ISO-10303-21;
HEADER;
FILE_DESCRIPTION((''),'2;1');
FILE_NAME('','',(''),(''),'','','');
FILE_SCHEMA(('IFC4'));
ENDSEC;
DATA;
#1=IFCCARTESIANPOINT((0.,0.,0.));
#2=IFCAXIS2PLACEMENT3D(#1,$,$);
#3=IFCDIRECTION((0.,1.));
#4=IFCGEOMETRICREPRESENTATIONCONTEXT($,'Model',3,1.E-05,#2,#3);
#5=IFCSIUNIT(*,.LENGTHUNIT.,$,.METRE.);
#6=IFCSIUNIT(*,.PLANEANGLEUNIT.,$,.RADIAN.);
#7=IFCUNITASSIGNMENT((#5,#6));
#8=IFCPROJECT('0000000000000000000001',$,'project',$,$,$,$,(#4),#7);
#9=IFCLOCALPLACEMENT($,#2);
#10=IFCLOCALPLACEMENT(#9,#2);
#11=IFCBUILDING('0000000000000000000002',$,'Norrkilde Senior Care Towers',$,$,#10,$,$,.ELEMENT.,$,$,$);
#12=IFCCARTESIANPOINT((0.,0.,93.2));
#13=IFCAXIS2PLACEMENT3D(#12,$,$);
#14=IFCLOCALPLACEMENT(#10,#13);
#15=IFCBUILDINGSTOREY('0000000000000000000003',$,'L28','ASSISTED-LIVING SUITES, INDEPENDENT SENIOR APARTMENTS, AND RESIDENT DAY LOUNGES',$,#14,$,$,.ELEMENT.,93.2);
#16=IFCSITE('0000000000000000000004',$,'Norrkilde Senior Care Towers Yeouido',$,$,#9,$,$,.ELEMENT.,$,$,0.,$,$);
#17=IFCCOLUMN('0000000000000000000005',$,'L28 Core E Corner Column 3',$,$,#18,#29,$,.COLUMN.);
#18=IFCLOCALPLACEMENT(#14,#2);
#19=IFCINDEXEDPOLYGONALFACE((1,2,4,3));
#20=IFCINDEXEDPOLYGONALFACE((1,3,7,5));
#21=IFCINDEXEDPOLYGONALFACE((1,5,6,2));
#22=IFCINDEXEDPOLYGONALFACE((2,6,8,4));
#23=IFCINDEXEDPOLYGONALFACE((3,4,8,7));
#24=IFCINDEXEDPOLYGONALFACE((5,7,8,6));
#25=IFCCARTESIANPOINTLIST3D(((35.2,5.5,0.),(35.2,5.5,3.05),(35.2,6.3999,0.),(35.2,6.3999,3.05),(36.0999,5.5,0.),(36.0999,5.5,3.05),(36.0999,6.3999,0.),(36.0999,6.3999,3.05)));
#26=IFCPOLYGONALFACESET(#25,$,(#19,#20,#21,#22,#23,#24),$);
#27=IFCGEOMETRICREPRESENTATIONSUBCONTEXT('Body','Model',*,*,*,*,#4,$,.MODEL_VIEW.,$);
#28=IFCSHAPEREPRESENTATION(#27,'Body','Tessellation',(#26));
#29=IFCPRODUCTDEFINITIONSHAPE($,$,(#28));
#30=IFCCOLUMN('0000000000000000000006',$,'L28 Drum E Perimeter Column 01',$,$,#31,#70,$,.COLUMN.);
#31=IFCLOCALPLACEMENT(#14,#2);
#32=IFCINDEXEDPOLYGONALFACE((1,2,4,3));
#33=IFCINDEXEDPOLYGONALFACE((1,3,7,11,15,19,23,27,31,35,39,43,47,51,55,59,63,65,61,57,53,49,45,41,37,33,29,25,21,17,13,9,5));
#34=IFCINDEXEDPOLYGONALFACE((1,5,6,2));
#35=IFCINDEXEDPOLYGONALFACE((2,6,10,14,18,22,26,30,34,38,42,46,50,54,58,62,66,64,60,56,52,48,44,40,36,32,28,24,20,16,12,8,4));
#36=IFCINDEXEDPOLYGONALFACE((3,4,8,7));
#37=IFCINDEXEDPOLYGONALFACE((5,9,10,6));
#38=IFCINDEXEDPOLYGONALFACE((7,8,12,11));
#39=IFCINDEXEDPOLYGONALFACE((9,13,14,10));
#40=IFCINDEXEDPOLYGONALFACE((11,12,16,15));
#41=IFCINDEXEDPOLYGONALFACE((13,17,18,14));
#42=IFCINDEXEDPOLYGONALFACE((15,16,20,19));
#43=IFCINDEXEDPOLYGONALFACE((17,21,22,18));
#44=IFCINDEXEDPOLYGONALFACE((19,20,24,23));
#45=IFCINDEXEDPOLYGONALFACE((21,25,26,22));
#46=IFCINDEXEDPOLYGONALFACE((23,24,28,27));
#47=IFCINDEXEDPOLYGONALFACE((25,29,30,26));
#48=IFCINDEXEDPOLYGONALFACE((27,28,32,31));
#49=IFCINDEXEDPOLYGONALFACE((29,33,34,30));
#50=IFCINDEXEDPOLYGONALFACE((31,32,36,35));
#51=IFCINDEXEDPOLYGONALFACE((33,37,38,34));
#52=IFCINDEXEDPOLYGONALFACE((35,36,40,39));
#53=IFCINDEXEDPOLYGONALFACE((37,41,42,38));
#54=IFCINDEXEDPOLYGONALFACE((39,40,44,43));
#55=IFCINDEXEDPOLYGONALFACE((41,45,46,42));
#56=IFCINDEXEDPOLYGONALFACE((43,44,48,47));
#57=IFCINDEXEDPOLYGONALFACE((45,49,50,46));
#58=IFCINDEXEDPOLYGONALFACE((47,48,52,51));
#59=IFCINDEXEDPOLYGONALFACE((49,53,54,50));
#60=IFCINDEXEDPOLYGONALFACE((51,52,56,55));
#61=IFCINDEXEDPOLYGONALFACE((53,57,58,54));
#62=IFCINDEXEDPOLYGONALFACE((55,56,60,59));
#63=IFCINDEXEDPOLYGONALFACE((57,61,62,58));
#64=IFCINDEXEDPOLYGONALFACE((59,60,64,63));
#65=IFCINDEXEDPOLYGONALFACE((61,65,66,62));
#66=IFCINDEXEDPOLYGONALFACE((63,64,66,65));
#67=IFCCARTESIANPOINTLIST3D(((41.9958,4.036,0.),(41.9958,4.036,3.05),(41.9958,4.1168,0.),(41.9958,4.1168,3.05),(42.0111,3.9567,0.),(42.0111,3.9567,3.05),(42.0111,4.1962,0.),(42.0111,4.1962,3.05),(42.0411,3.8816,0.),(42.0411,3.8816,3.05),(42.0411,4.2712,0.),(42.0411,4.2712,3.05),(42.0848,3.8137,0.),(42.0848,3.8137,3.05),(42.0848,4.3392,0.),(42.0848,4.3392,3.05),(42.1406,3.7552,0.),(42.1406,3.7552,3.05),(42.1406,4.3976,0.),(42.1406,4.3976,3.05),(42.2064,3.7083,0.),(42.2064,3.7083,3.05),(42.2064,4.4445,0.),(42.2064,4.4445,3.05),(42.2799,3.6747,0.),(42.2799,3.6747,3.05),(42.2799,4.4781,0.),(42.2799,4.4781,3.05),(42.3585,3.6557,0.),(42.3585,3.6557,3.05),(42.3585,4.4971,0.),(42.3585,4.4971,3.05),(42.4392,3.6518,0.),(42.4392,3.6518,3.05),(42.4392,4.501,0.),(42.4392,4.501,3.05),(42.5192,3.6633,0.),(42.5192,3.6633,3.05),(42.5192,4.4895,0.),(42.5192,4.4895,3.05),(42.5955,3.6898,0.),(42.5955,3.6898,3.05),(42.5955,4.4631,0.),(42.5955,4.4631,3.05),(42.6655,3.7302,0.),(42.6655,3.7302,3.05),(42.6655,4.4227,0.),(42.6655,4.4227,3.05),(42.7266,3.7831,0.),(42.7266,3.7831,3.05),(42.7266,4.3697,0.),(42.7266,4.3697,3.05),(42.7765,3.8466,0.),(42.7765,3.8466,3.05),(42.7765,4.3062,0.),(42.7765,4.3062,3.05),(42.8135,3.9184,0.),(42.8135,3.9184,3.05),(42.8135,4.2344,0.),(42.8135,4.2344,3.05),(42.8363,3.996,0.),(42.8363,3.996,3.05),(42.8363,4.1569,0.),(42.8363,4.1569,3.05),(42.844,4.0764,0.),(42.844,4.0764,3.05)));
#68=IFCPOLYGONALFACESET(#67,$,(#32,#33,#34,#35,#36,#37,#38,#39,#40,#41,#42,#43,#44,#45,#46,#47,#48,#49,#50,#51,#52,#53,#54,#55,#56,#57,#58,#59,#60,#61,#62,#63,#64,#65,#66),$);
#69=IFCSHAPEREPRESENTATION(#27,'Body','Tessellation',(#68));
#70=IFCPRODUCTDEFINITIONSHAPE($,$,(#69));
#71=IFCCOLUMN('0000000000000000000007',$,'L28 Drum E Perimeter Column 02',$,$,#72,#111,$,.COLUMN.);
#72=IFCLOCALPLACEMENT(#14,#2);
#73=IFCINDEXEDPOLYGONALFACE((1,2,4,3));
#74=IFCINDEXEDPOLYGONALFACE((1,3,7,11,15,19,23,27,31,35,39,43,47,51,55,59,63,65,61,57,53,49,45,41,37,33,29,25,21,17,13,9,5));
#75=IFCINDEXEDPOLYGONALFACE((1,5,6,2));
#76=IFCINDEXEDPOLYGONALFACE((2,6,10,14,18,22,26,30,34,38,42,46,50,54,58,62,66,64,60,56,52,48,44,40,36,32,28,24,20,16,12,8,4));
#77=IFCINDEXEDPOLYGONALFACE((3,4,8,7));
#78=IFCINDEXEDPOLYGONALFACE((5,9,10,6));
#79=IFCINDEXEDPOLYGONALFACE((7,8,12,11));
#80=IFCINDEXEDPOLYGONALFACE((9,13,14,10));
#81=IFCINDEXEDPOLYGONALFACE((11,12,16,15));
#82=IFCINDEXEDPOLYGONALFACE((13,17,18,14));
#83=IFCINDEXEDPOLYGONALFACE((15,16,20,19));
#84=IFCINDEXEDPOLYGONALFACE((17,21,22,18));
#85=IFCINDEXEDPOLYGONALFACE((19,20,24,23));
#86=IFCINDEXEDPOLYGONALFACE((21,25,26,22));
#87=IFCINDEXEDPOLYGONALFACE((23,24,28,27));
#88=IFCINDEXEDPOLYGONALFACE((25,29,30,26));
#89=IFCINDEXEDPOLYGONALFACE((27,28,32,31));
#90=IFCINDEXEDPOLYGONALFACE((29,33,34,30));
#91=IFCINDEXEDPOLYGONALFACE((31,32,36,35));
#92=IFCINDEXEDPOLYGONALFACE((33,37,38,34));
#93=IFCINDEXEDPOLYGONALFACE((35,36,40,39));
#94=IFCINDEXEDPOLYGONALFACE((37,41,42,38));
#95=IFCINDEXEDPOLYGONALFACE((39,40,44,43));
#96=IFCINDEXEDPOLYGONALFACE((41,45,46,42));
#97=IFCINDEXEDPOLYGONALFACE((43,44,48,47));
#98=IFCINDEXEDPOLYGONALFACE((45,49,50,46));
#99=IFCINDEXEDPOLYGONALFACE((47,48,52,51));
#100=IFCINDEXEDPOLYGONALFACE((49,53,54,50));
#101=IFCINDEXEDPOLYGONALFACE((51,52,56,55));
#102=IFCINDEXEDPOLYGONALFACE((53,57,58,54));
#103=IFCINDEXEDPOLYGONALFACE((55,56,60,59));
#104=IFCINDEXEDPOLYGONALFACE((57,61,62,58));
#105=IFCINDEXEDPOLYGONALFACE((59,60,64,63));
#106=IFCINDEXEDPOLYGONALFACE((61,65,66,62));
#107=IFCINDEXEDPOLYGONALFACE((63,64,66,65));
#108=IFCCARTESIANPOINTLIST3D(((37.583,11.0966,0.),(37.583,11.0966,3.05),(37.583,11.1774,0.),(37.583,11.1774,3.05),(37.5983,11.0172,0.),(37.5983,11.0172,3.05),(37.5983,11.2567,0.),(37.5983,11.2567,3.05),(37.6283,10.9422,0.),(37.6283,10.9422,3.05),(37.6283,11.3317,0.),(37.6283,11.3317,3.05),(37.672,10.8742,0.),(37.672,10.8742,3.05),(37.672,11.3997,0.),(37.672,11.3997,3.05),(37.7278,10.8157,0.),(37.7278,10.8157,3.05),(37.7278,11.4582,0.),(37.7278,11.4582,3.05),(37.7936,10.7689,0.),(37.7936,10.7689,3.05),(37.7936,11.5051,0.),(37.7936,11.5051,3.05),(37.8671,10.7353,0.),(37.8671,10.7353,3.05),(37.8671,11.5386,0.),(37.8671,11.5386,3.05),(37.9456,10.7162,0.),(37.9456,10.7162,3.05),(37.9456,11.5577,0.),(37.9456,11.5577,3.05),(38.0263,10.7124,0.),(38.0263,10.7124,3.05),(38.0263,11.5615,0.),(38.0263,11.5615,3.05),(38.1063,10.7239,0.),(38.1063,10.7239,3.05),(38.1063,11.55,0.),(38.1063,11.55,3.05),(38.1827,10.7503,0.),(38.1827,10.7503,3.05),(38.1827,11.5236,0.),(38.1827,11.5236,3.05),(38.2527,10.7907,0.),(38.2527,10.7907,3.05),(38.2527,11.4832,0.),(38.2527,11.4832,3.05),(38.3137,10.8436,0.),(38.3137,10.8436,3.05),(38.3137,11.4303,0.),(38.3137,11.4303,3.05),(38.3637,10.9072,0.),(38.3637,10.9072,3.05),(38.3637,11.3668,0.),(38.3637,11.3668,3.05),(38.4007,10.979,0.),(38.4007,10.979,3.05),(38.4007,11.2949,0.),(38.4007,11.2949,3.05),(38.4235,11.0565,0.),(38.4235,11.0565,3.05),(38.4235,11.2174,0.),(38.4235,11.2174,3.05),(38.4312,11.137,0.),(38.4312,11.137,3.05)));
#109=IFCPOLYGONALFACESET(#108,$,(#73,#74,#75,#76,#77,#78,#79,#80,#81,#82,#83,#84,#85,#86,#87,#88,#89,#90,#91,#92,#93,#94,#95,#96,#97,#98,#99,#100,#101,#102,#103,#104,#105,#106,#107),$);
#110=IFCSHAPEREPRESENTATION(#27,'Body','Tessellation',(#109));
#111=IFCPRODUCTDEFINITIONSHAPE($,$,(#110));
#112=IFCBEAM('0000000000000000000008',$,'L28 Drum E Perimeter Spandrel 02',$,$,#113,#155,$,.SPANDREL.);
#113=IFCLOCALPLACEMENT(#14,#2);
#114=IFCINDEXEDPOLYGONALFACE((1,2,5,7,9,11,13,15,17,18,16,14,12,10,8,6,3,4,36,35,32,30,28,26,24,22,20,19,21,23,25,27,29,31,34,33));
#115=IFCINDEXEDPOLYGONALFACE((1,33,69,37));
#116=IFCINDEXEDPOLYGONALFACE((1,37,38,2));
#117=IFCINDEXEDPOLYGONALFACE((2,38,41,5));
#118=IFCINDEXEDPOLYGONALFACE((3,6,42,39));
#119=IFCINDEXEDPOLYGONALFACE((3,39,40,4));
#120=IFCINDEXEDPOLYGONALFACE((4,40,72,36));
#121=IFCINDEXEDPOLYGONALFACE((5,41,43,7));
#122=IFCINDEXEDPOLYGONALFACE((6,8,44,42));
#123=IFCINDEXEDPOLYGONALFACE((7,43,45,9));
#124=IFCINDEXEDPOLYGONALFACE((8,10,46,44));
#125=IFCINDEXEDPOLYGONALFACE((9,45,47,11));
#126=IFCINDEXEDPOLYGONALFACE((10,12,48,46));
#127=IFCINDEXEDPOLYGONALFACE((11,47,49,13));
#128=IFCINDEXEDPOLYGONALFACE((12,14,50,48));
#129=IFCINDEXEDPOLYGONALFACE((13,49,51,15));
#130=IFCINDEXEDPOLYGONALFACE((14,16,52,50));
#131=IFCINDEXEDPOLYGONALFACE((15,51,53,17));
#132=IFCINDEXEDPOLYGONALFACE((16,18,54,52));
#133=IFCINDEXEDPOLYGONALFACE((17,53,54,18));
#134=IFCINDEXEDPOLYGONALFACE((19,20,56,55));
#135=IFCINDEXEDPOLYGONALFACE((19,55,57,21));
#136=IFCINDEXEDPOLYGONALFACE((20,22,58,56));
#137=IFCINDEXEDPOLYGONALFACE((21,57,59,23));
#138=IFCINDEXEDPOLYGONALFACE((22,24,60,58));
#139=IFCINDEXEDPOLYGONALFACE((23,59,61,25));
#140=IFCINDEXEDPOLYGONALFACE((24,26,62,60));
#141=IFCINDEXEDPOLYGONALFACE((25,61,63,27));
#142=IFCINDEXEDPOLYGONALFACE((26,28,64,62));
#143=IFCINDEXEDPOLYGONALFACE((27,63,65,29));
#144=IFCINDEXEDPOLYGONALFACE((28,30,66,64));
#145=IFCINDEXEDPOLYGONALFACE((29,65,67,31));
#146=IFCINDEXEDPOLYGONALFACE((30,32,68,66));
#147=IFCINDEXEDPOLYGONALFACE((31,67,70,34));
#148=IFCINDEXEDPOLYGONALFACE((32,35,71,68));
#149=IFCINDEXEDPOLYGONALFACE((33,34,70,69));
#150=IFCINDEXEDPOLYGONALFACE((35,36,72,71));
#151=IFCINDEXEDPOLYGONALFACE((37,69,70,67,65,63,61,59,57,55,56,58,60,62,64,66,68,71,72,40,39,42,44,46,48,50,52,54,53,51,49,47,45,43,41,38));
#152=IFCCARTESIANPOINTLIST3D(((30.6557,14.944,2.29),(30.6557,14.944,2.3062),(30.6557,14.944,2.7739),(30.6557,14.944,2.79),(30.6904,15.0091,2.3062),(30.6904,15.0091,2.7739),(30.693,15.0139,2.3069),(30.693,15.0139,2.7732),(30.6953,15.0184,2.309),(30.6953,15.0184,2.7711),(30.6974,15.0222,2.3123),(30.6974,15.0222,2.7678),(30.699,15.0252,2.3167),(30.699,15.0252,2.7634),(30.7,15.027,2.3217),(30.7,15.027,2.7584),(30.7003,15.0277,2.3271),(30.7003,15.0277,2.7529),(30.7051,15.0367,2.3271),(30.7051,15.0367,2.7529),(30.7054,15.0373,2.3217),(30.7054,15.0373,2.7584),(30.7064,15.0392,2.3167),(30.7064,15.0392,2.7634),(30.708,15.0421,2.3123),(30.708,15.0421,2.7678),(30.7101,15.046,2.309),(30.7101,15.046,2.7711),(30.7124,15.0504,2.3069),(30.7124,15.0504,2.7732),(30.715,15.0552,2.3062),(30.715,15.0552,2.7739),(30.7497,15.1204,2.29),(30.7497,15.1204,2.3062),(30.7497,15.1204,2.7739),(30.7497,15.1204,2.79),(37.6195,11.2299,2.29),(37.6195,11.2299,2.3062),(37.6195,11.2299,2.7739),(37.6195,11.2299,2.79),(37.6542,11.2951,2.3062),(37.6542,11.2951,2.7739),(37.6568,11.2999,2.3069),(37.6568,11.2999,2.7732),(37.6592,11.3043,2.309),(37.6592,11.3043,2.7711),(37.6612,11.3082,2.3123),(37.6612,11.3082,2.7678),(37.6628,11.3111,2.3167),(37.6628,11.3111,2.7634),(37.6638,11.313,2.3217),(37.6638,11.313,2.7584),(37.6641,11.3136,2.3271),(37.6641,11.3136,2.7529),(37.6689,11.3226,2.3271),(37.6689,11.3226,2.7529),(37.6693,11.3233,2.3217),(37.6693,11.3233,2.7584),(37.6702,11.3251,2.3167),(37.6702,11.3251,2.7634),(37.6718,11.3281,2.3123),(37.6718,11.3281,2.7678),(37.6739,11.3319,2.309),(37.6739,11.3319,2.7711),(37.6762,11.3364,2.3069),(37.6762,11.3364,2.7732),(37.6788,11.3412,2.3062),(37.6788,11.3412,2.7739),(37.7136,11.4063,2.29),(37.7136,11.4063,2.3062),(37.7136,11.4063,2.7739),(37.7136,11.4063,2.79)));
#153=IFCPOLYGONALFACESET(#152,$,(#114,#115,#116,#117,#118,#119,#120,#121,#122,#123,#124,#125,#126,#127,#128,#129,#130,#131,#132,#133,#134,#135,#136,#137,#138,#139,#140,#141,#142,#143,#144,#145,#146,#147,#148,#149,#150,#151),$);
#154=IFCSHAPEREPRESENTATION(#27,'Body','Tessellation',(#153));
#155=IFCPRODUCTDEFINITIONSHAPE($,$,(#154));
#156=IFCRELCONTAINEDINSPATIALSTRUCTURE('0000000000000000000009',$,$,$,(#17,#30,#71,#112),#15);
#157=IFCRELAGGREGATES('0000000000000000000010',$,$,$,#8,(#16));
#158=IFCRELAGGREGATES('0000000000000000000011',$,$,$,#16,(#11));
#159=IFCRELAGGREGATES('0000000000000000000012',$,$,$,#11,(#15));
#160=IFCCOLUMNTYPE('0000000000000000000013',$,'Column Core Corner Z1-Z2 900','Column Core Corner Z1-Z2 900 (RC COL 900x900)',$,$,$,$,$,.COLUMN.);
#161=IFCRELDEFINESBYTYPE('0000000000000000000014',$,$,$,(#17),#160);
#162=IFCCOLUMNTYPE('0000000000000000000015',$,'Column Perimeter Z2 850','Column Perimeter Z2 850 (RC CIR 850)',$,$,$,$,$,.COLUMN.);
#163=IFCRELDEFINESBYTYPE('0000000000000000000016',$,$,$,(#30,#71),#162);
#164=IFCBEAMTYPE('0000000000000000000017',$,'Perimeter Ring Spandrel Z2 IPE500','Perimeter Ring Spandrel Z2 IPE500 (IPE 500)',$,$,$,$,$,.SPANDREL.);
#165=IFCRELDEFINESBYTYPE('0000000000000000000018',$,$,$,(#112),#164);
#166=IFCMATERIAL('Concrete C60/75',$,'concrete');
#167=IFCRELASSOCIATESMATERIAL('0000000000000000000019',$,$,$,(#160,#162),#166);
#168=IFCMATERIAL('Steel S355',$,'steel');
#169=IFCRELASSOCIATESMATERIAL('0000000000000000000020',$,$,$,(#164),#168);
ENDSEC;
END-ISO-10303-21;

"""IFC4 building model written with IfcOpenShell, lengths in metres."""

from ifc_helpers import new_model, si_unit, direction, frame, origin, origin_2d, place, context, subcontext, project, spatial, rectangle, circle, i_section, extrude, source, transform, mapped, material, material_profile, profile_set, type_object, type_shapes, element, save


model = new_model("IFC4")

# Units and contexts
model_context = context("Model", 3, precision=1e-05, world=origin(), true_north=direction((0.0, 1.0)))
body_context = subcontext(model_context, "Body", "Model", "MODEL_VIEW")
ifc_project = project(units=[si_unit("LENGTHUNIT", "METRE"), si_unit("PLANEANGLEUNIT", "RADIAN")], contexts=[model_context])

# Site, building, storey
site_placement = place(None, origin())
site = spatial("IfcSite", under=ifc_project, at=site_placement, Name="Norrkilde Senior Care Towers Yeouido", CompositionType="ELEMENT", RefElevation=0.0)
building_placement = place(site_placement, origin())
building = spatial("IfcBuilding", under=site, at=building_placement, Name="Norrkilde Senior Care Towers", CompositionType="ELEMENT")
storey_placement = place(building_placement, frame((0.0, 0.0, 93.2)))
storey = spatial("IfcBuildingStorey", under=building, at=storey_placement, Name="L28", Description="ASSISTED-LIVING SUITES, INDEPENDENT SENIOR APARTMENTS, AND RESIDENT DAY LOUNGES", CompositionType="ELEMENT", Elevation=93.2)

# Columns
ifc_material_1 = material(Name="Concrete C60/75", Category="concrete")
ifc_material_profile_1 = material_profile(ifc_material_1, rectangle(XDim=0.8999, YDim=0.8999, at=origin_2d()), Name="RC COL 900x900")
ifc_profile_set_1 = profile_set([ifc_material_profile_1], Name="Concrete C60/75")
column_type_1 = type_object("IfcColumnType", Name="Column Core Corner Z1-Z2 900", Description="Column Core Corner Z1-Z2 900 (RC COL 900x900)", PredefinedType="COLUMN", material=ifc_profile_set_1)
shared_shape_1 = source(origin(), body_context, "Body", "SweptSolid", [
    extrude(rectangle(XDim=0.8999, YDim=0.8999, at=origin_2d()), origin(), (0.0, 0.0, 1.0), 3.05),
])
type_shapes(column_type_1, [shared_shape_1])
column_placement = place(storey_placement, frame((35.6499, 5.95, 0.0), z_axis=(0.0, 0.0, 1.0), x_axis=(1.0, 0.0, 0.0)))
element("IfcColumn", 1, at=column_placement, inside=storey, type_object=column_type_1, Name="L28 Core E Corner Column 3", PredefinedType="COLUMN", context=body_context, shape_type="MappedRepresentation", body=[
    mapped(shared_shape_1, transform((0.0, 0.0, 0.0), x_axis=(1.0, 0.0, 0.0), y_axis=(0.0, 1.0, 0.0), z_axis=(0.0, 0.0, 1.0), scale=1.0)),
])
ifc_material_profile_2 = material_profile(ifc_material_1, circle(Radius=0.425, at=origin_2d()), Name="RC CIR 850")
ifc_profile_set_2 = profile_set([ifc_material_profile_2], Name="Concrete C60/75")
column_type_2 = type_object("IfcColumnType", Name="Column Perimeter Z2 850", Description="Column Perimeter Z2 850 (RC CIR 850)", PredefinedType="COLUMN", material=ifc_profile_set_2)
shared_shape_2 = source(origin(), body_context, "Body", "SweptSolid", [
    extrude(circle(Radius=0.425, at=origin_2d()), origin(), (0.0, 0.0, 1.0), 3.05),
])
type_shapes(column_type_2, [shared_shape_2])
for number, where, z_axis, x_axis, name in (
    (2, (42.4189, 4.0764, 0.0), (0.0, 0.0, 1.0), (1.0, 0.0, 0.0), "L28 Drum E Perimeter Column 01"),
    (3, (38.0061, 11.137, 0.0), (0.0, 0.0, 1.0), (1.0, 0.0, 0.0), "L28 Drum E Perimeter Column 02"),
):
    element("IfcColumn", number, at=place(storey_placement, frame(where, z_axis=z_axis, x_axis=x_axis)), inside=storey, type_object=column_type_2, Name=name, PredefinedType="COLUMN", context=body_context, shape_type="MappedRepresentation", body=[
        mapped(shared_shape_2, transform((0.0, 0.0, 0.0), x_axis=(1.0, 0.0, 0.0), y_axis=(0.0, 1.0, 0.0), z_axis=(0.0, 0.0, 1.0), scale=1.0)),
    ])

# Beam
ifc_material_2 = material(Name="Steel S355", Category="steel")
ifc_material_profile_3 = material_profile(ifc_material_2, i_section(OverallWidth=0.2, OverallDepth=0.5, WebThickness=0.0103, FlangeThickness=0.0161, FilletRadius=0.021, at=origin_2d()), Name="IPE 500")
ifc_profile_set_3 = profile_set([ifc_material_profile_3], Name="Steel S355")
beam_type_1 = type_object("IfcBeamType", Name="Perimeter Ring Spandrel Z2 IPE500", Description="Perimeter Ring Spandrel Z2 IPE500 (IPE 500)", PredefinedType="SPANDREL", material=ifc_profile_set_3)
shared_shape_3 = source(origin(), body_context, "Body", "SweptSolid", [
    extrude(i_section(OverallWidth=0.2, OverallDepth=0.5, WebThickness=0.0103, FlangeThickness=0.0161, FilletRadius=0.021, at=origin_2d()), origin(), (0.0, 0.0, 1.0), 7.8923),
])
beam_1_placement = place(storey_placement, frame((37.6665, 11.3181, 2.54), z_axis=(-0.88235, 0.470593, 0.0), x_axis=(-0.470593, -0.88235, 0.0)))
element("IfcBeam", 4, at=beam_1_placement, inside=storey, type_object=beam_type_1, Name="L28 Drum E Perimeter Spandrel 02", PredefinedType="SPANDREL", context=body_context, shape_type="MappedRepresentation", body=[
    mapped(shared_shape_3, transform((0.0, 0.0, 0.0), x_axis=(1.0, 0.0, 0.0), y_axis=(0.0, 1.0, 0.0), z_axis=(0.0, 0.0, 1.0), scale=1.0)),
])

save(model, "model.ifc")
